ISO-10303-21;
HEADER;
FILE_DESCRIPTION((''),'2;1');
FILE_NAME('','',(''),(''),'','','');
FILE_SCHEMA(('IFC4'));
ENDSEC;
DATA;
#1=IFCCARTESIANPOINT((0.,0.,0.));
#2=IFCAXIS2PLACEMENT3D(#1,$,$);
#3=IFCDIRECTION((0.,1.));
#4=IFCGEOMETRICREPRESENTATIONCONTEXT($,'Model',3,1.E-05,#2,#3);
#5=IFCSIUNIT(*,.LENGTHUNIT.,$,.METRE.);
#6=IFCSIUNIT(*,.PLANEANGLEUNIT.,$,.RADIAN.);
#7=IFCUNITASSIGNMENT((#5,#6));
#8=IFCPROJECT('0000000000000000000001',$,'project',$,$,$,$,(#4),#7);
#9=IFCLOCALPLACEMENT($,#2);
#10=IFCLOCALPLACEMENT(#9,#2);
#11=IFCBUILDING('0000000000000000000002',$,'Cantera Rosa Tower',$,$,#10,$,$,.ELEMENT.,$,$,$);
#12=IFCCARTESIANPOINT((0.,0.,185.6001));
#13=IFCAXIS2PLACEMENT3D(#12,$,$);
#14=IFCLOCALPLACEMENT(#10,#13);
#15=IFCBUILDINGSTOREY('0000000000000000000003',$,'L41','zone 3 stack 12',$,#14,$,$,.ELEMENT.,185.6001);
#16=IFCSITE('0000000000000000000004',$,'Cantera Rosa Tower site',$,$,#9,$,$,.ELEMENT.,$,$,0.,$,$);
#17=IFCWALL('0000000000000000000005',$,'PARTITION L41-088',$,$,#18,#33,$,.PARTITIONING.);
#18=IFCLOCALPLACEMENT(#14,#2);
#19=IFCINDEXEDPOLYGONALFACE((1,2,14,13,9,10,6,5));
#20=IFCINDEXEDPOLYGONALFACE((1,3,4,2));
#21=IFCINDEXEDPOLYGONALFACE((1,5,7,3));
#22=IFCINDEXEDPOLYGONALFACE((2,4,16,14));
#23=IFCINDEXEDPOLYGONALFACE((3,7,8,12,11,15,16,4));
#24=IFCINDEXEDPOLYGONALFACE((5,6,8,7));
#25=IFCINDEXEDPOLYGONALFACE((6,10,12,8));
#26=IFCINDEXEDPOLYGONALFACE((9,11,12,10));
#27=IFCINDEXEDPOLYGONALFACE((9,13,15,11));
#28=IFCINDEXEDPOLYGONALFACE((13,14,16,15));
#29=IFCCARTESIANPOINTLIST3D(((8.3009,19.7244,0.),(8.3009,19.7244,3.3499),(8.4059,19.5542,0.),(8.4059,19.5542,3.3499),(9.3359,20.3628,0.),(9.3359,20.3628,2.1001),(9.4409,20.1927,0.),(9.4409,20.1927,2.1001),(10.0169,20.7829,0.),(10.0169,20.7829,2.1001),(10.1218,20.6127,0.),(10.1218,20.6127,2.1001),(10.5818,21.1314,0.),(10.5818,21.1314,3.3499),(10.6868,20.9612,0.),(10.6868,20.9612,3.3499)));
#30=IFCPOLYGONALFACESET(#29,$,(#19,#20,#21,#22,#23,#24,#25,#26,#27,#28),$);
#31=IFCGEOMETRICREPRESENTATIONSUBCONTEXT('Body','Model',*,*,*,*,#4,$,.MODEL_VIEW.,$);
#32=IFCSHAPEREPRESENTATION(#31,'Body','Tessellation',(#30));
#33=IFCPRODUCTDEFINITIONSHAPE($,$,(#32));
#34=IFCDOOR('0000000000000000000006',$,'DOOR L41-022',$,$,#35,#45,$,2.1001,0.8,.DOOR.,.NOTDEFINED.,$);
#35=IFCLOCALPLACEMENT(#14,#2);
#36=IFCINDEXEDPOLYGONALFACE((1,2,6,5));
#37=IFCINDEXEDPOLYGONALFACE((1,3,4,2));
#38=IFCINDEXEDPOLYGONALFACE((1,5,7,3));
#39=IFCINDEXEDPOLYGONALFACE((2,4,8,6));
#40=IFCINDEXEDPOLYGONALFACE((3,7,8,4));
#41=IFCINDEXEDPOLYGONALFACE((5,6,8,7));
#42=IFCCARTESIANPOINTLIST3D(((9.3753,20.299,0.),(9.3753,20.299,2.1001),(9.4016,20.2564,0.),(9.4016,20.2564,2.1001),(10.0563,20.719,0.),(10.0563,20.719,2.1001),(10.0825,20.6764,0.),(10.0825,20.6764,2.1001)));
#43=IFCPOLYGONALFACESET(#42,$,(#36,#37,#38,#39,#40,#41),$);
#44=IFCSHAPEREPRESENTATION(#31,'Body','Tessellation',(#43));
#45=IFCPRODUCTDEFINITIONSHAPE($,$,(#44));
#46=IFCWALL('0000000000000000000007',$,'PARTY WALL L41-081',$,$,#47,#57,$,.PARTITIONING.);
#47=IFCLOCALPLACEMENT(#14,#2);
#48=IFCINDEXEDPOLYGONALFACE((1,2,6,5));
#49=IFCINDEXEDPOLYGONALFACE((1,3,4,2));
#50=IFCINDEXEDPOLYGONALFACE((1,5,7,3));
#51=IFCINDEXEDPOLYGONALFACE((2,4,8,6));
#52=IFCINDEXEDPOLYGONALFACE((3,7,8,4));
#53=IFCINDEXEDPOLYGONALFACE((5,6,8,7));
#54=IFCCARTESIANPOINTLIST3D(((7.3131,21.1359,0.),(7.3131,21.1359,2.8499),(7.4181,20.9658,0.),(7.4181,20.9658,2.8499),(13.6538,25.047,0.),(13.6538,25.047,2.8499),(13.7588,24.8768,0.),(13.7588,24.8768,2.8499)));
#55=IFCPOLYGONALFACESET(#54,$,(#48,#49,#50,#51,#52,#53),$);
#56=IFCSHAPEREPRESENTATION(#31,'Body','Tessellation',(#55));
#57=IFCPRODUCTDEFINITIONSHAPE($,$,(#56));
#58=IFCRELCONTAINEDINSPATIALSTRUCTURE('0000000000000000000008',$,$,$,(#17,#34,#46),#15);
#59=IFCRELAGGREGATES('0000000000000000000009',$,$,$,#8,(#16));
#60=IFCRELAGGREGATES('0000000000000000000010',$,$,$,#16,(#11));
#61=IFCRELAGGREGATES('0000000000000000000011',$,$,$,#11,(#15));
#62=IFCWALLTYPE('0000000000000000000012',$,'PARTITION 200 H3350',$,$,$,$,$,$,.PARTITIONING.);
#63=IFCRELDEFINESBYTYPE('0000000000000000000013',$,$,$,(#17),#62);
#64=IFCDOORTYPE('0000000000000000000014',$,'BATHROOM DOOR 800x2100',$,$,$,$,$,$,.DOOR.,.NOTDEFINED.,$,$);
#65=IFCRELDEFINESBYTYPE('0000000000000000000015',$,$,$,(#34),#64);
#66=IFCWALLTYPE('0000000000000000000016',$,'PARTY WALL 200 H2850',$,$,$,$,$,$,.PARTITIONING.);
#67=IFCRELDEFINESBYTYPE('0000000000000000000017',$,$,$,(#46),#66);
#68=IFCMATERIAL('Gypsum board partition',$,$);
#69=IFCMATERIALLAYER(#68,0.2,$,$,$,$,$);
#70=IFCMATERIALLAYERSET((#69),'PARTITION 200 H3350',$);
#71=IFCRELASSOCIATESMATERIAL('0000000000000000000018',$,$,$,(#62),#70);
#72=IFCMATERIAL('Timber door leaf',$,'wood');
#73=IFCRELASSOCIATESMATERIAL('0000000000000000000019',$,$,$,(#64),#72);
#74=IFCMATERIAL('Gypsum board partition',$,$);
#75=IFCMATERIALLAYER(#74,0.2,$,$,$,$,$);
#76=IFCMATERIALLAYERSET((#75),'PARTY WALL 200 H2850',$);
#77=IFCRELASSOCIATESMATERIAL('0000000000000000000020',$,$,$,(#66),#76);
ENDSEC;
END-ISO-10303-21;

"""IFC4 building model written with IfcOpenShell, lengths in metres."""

from ifc_helpers import new_model, si_unit, direction, frame, frame_2d, origin, place, context, subcontext, project, spatial, rectangle, extrude, material, layer, layer_set, type_object, element, fill, save


model = new_model("IFC4")

# Units and contexts
model_context = context("Model", 3, precision=1e-05, world=origin(), true_north=direction((0.0, 1.0)))
body_context = subcontext(model_context, "Body", "Model", "MODEL_VIEW")
ifc_project = project(units=[si_unit("LENGTHUNIT", "METRE"), si_unit("PLANEANGLEUNIT", "RADIAN")], contexts=[model_context])

# Site, building, storey
site_placement = place(None, origin())
site = spatial("IfcSite", under=ifc_project, at=site_placement, Name="Cantera Rosa Tower site", CompositionType="ELEMENT", RefElevation=0.0)
building_placement = place(site_placement, origin())
building = spatial("IfcBuilding", under=site, at=building_placement, Name="Cantera Rosa Tower", CompositionType="ELEMENT")
storey_placement = place(building_placement, frame((0.0, 0.0, 185.6001)))
storey = spatial("IfcBuildingStorey", under=building, at=storey_placement, Name="L41", Description="zone 3 stack 12", CompositionType="ELEMENT", Elevation=185.6001)

# Wall, opening, door
ifc_material_1 = material(Name="Gypsum board partition")
ifc_layer_1 = layer(ifc_material_1, 0.2)
ifc_layer_set_1 = layer_set([ifc_layer_1], Name="PARTITION 200 H3350")
wall_type_1 = type_object("IfcWallType", Name="PARTITION 200 H3350", PredefinedType="PARTITIONING", material=ifc_layer_set_1)
wall_1_placement = place(storey_placement, frame((8.3535, 19.6394, 0.0), z_axis=(0.0, 0.0, 1.0), x_axis=(0.85111, 0.524987, 0.0)))
wall_1 = element("IfcWall", 1, at=wall_1_placement, inside=storey, type_object=wall_type_1, Name="PARTITION L41-088", PredefinedType="PARTITIONING", context=body_context, shape_type="SweptSolid", body=[
    extrude(rectangle(XDim=2.6799, YDim=0.2, at=frame_2d((1.3398, 0.0))), origin(), (0.0, 0.0, 1.0), 3.3499),
])
opening_1_placement = place(wall_1_placement, frame((1.2161, 0.0, 0.0)))
opening_1 = element("IfcOpeningElement", 2, at=opening_1_placement, cuts=wall_1, PredefinedType="OPENING", context=body_context, shape_type="SweptSolid", body=[
    extrude(rectangle(XDim=0.8, YDim=2.1001, at=frame_2d((0.3999, 1.05))), frame((0.0, 0.1099, 0.0), z_axis=(0.0, -1.0, 0.0), x_axis=(1.0, 0.0, 0.0)), (0.0, 0.0, 1.0), 0.22),
])
ifc_material_2 = material(Name="Timber door leaf", Category="wood")
door_type_1 = type_object("IfcDoorType", Name="BATHROOM DOOR 800x2100", OperationType="NOTDEFINED", PredefinedType="DOOR", material=ifc_material_2)
door_1_placement = place(opening_1_placement, origin())
door_1 = element("IfcDoor", 3, at=door_1_placement, inside=storey, type_object=door_type_1, Name="DOOR L41-022", OperationType="NOTDEFINED", OverallHeight=2.1001, OverallWidth=0.8, PredefinedType="DOOR", context=body_context, shape_type="SweptSolid", body=[
    extrude(rectangle(XDim=0.8, YDim=2.1001, at=frame_2d((0.3999, 1.05))), frame((0.0, 0.0249, 0.0), z_axis=(0.0, -1.0, 0.0), x_axis=(1.0, 0.0, 0.0)), (0.0, 0.0, 1.0), 0.05),
])
fill(opening_1, door_1)

# Wall
ifc_material_3 = material(Name="Gypsum board partition")
ifc_layer_2 = layer(ifc_material_3, 0.2)
ifc_layer_set_2 = layer_set([ifc_layer_2], Name="PARTY WALL 200 H2850")
wall_type_2 = type_object("IfcWallType", Name="PARTY WALL 200 H2850", PredefinedType="PARTITIONING", material=ifc_layer_set_2)
wall_2_placement = place(storey_placement, frame((7.3655, 21.0508, 0.0), z_axis=(0.0, 0.0, 1.0), x_axis=(0.851113, 0.524982, 0.0)))
element("IfcWall", 4, at=wall_2_placement, inside=storey, type_object=wall_type_2, Name="PARTY WALL L41-081", PredefinedType="PARTITIONING", context=body_context, shape_type="SweptSolid", body=[
    extrude(rectangle(XDim=7.45, YDim=0.2, at=frame_2d((3.7251, 0.0))), origin(), (0.0, 0.0, 1.0), 2.8499),
])

save(model, "model.ifc")
